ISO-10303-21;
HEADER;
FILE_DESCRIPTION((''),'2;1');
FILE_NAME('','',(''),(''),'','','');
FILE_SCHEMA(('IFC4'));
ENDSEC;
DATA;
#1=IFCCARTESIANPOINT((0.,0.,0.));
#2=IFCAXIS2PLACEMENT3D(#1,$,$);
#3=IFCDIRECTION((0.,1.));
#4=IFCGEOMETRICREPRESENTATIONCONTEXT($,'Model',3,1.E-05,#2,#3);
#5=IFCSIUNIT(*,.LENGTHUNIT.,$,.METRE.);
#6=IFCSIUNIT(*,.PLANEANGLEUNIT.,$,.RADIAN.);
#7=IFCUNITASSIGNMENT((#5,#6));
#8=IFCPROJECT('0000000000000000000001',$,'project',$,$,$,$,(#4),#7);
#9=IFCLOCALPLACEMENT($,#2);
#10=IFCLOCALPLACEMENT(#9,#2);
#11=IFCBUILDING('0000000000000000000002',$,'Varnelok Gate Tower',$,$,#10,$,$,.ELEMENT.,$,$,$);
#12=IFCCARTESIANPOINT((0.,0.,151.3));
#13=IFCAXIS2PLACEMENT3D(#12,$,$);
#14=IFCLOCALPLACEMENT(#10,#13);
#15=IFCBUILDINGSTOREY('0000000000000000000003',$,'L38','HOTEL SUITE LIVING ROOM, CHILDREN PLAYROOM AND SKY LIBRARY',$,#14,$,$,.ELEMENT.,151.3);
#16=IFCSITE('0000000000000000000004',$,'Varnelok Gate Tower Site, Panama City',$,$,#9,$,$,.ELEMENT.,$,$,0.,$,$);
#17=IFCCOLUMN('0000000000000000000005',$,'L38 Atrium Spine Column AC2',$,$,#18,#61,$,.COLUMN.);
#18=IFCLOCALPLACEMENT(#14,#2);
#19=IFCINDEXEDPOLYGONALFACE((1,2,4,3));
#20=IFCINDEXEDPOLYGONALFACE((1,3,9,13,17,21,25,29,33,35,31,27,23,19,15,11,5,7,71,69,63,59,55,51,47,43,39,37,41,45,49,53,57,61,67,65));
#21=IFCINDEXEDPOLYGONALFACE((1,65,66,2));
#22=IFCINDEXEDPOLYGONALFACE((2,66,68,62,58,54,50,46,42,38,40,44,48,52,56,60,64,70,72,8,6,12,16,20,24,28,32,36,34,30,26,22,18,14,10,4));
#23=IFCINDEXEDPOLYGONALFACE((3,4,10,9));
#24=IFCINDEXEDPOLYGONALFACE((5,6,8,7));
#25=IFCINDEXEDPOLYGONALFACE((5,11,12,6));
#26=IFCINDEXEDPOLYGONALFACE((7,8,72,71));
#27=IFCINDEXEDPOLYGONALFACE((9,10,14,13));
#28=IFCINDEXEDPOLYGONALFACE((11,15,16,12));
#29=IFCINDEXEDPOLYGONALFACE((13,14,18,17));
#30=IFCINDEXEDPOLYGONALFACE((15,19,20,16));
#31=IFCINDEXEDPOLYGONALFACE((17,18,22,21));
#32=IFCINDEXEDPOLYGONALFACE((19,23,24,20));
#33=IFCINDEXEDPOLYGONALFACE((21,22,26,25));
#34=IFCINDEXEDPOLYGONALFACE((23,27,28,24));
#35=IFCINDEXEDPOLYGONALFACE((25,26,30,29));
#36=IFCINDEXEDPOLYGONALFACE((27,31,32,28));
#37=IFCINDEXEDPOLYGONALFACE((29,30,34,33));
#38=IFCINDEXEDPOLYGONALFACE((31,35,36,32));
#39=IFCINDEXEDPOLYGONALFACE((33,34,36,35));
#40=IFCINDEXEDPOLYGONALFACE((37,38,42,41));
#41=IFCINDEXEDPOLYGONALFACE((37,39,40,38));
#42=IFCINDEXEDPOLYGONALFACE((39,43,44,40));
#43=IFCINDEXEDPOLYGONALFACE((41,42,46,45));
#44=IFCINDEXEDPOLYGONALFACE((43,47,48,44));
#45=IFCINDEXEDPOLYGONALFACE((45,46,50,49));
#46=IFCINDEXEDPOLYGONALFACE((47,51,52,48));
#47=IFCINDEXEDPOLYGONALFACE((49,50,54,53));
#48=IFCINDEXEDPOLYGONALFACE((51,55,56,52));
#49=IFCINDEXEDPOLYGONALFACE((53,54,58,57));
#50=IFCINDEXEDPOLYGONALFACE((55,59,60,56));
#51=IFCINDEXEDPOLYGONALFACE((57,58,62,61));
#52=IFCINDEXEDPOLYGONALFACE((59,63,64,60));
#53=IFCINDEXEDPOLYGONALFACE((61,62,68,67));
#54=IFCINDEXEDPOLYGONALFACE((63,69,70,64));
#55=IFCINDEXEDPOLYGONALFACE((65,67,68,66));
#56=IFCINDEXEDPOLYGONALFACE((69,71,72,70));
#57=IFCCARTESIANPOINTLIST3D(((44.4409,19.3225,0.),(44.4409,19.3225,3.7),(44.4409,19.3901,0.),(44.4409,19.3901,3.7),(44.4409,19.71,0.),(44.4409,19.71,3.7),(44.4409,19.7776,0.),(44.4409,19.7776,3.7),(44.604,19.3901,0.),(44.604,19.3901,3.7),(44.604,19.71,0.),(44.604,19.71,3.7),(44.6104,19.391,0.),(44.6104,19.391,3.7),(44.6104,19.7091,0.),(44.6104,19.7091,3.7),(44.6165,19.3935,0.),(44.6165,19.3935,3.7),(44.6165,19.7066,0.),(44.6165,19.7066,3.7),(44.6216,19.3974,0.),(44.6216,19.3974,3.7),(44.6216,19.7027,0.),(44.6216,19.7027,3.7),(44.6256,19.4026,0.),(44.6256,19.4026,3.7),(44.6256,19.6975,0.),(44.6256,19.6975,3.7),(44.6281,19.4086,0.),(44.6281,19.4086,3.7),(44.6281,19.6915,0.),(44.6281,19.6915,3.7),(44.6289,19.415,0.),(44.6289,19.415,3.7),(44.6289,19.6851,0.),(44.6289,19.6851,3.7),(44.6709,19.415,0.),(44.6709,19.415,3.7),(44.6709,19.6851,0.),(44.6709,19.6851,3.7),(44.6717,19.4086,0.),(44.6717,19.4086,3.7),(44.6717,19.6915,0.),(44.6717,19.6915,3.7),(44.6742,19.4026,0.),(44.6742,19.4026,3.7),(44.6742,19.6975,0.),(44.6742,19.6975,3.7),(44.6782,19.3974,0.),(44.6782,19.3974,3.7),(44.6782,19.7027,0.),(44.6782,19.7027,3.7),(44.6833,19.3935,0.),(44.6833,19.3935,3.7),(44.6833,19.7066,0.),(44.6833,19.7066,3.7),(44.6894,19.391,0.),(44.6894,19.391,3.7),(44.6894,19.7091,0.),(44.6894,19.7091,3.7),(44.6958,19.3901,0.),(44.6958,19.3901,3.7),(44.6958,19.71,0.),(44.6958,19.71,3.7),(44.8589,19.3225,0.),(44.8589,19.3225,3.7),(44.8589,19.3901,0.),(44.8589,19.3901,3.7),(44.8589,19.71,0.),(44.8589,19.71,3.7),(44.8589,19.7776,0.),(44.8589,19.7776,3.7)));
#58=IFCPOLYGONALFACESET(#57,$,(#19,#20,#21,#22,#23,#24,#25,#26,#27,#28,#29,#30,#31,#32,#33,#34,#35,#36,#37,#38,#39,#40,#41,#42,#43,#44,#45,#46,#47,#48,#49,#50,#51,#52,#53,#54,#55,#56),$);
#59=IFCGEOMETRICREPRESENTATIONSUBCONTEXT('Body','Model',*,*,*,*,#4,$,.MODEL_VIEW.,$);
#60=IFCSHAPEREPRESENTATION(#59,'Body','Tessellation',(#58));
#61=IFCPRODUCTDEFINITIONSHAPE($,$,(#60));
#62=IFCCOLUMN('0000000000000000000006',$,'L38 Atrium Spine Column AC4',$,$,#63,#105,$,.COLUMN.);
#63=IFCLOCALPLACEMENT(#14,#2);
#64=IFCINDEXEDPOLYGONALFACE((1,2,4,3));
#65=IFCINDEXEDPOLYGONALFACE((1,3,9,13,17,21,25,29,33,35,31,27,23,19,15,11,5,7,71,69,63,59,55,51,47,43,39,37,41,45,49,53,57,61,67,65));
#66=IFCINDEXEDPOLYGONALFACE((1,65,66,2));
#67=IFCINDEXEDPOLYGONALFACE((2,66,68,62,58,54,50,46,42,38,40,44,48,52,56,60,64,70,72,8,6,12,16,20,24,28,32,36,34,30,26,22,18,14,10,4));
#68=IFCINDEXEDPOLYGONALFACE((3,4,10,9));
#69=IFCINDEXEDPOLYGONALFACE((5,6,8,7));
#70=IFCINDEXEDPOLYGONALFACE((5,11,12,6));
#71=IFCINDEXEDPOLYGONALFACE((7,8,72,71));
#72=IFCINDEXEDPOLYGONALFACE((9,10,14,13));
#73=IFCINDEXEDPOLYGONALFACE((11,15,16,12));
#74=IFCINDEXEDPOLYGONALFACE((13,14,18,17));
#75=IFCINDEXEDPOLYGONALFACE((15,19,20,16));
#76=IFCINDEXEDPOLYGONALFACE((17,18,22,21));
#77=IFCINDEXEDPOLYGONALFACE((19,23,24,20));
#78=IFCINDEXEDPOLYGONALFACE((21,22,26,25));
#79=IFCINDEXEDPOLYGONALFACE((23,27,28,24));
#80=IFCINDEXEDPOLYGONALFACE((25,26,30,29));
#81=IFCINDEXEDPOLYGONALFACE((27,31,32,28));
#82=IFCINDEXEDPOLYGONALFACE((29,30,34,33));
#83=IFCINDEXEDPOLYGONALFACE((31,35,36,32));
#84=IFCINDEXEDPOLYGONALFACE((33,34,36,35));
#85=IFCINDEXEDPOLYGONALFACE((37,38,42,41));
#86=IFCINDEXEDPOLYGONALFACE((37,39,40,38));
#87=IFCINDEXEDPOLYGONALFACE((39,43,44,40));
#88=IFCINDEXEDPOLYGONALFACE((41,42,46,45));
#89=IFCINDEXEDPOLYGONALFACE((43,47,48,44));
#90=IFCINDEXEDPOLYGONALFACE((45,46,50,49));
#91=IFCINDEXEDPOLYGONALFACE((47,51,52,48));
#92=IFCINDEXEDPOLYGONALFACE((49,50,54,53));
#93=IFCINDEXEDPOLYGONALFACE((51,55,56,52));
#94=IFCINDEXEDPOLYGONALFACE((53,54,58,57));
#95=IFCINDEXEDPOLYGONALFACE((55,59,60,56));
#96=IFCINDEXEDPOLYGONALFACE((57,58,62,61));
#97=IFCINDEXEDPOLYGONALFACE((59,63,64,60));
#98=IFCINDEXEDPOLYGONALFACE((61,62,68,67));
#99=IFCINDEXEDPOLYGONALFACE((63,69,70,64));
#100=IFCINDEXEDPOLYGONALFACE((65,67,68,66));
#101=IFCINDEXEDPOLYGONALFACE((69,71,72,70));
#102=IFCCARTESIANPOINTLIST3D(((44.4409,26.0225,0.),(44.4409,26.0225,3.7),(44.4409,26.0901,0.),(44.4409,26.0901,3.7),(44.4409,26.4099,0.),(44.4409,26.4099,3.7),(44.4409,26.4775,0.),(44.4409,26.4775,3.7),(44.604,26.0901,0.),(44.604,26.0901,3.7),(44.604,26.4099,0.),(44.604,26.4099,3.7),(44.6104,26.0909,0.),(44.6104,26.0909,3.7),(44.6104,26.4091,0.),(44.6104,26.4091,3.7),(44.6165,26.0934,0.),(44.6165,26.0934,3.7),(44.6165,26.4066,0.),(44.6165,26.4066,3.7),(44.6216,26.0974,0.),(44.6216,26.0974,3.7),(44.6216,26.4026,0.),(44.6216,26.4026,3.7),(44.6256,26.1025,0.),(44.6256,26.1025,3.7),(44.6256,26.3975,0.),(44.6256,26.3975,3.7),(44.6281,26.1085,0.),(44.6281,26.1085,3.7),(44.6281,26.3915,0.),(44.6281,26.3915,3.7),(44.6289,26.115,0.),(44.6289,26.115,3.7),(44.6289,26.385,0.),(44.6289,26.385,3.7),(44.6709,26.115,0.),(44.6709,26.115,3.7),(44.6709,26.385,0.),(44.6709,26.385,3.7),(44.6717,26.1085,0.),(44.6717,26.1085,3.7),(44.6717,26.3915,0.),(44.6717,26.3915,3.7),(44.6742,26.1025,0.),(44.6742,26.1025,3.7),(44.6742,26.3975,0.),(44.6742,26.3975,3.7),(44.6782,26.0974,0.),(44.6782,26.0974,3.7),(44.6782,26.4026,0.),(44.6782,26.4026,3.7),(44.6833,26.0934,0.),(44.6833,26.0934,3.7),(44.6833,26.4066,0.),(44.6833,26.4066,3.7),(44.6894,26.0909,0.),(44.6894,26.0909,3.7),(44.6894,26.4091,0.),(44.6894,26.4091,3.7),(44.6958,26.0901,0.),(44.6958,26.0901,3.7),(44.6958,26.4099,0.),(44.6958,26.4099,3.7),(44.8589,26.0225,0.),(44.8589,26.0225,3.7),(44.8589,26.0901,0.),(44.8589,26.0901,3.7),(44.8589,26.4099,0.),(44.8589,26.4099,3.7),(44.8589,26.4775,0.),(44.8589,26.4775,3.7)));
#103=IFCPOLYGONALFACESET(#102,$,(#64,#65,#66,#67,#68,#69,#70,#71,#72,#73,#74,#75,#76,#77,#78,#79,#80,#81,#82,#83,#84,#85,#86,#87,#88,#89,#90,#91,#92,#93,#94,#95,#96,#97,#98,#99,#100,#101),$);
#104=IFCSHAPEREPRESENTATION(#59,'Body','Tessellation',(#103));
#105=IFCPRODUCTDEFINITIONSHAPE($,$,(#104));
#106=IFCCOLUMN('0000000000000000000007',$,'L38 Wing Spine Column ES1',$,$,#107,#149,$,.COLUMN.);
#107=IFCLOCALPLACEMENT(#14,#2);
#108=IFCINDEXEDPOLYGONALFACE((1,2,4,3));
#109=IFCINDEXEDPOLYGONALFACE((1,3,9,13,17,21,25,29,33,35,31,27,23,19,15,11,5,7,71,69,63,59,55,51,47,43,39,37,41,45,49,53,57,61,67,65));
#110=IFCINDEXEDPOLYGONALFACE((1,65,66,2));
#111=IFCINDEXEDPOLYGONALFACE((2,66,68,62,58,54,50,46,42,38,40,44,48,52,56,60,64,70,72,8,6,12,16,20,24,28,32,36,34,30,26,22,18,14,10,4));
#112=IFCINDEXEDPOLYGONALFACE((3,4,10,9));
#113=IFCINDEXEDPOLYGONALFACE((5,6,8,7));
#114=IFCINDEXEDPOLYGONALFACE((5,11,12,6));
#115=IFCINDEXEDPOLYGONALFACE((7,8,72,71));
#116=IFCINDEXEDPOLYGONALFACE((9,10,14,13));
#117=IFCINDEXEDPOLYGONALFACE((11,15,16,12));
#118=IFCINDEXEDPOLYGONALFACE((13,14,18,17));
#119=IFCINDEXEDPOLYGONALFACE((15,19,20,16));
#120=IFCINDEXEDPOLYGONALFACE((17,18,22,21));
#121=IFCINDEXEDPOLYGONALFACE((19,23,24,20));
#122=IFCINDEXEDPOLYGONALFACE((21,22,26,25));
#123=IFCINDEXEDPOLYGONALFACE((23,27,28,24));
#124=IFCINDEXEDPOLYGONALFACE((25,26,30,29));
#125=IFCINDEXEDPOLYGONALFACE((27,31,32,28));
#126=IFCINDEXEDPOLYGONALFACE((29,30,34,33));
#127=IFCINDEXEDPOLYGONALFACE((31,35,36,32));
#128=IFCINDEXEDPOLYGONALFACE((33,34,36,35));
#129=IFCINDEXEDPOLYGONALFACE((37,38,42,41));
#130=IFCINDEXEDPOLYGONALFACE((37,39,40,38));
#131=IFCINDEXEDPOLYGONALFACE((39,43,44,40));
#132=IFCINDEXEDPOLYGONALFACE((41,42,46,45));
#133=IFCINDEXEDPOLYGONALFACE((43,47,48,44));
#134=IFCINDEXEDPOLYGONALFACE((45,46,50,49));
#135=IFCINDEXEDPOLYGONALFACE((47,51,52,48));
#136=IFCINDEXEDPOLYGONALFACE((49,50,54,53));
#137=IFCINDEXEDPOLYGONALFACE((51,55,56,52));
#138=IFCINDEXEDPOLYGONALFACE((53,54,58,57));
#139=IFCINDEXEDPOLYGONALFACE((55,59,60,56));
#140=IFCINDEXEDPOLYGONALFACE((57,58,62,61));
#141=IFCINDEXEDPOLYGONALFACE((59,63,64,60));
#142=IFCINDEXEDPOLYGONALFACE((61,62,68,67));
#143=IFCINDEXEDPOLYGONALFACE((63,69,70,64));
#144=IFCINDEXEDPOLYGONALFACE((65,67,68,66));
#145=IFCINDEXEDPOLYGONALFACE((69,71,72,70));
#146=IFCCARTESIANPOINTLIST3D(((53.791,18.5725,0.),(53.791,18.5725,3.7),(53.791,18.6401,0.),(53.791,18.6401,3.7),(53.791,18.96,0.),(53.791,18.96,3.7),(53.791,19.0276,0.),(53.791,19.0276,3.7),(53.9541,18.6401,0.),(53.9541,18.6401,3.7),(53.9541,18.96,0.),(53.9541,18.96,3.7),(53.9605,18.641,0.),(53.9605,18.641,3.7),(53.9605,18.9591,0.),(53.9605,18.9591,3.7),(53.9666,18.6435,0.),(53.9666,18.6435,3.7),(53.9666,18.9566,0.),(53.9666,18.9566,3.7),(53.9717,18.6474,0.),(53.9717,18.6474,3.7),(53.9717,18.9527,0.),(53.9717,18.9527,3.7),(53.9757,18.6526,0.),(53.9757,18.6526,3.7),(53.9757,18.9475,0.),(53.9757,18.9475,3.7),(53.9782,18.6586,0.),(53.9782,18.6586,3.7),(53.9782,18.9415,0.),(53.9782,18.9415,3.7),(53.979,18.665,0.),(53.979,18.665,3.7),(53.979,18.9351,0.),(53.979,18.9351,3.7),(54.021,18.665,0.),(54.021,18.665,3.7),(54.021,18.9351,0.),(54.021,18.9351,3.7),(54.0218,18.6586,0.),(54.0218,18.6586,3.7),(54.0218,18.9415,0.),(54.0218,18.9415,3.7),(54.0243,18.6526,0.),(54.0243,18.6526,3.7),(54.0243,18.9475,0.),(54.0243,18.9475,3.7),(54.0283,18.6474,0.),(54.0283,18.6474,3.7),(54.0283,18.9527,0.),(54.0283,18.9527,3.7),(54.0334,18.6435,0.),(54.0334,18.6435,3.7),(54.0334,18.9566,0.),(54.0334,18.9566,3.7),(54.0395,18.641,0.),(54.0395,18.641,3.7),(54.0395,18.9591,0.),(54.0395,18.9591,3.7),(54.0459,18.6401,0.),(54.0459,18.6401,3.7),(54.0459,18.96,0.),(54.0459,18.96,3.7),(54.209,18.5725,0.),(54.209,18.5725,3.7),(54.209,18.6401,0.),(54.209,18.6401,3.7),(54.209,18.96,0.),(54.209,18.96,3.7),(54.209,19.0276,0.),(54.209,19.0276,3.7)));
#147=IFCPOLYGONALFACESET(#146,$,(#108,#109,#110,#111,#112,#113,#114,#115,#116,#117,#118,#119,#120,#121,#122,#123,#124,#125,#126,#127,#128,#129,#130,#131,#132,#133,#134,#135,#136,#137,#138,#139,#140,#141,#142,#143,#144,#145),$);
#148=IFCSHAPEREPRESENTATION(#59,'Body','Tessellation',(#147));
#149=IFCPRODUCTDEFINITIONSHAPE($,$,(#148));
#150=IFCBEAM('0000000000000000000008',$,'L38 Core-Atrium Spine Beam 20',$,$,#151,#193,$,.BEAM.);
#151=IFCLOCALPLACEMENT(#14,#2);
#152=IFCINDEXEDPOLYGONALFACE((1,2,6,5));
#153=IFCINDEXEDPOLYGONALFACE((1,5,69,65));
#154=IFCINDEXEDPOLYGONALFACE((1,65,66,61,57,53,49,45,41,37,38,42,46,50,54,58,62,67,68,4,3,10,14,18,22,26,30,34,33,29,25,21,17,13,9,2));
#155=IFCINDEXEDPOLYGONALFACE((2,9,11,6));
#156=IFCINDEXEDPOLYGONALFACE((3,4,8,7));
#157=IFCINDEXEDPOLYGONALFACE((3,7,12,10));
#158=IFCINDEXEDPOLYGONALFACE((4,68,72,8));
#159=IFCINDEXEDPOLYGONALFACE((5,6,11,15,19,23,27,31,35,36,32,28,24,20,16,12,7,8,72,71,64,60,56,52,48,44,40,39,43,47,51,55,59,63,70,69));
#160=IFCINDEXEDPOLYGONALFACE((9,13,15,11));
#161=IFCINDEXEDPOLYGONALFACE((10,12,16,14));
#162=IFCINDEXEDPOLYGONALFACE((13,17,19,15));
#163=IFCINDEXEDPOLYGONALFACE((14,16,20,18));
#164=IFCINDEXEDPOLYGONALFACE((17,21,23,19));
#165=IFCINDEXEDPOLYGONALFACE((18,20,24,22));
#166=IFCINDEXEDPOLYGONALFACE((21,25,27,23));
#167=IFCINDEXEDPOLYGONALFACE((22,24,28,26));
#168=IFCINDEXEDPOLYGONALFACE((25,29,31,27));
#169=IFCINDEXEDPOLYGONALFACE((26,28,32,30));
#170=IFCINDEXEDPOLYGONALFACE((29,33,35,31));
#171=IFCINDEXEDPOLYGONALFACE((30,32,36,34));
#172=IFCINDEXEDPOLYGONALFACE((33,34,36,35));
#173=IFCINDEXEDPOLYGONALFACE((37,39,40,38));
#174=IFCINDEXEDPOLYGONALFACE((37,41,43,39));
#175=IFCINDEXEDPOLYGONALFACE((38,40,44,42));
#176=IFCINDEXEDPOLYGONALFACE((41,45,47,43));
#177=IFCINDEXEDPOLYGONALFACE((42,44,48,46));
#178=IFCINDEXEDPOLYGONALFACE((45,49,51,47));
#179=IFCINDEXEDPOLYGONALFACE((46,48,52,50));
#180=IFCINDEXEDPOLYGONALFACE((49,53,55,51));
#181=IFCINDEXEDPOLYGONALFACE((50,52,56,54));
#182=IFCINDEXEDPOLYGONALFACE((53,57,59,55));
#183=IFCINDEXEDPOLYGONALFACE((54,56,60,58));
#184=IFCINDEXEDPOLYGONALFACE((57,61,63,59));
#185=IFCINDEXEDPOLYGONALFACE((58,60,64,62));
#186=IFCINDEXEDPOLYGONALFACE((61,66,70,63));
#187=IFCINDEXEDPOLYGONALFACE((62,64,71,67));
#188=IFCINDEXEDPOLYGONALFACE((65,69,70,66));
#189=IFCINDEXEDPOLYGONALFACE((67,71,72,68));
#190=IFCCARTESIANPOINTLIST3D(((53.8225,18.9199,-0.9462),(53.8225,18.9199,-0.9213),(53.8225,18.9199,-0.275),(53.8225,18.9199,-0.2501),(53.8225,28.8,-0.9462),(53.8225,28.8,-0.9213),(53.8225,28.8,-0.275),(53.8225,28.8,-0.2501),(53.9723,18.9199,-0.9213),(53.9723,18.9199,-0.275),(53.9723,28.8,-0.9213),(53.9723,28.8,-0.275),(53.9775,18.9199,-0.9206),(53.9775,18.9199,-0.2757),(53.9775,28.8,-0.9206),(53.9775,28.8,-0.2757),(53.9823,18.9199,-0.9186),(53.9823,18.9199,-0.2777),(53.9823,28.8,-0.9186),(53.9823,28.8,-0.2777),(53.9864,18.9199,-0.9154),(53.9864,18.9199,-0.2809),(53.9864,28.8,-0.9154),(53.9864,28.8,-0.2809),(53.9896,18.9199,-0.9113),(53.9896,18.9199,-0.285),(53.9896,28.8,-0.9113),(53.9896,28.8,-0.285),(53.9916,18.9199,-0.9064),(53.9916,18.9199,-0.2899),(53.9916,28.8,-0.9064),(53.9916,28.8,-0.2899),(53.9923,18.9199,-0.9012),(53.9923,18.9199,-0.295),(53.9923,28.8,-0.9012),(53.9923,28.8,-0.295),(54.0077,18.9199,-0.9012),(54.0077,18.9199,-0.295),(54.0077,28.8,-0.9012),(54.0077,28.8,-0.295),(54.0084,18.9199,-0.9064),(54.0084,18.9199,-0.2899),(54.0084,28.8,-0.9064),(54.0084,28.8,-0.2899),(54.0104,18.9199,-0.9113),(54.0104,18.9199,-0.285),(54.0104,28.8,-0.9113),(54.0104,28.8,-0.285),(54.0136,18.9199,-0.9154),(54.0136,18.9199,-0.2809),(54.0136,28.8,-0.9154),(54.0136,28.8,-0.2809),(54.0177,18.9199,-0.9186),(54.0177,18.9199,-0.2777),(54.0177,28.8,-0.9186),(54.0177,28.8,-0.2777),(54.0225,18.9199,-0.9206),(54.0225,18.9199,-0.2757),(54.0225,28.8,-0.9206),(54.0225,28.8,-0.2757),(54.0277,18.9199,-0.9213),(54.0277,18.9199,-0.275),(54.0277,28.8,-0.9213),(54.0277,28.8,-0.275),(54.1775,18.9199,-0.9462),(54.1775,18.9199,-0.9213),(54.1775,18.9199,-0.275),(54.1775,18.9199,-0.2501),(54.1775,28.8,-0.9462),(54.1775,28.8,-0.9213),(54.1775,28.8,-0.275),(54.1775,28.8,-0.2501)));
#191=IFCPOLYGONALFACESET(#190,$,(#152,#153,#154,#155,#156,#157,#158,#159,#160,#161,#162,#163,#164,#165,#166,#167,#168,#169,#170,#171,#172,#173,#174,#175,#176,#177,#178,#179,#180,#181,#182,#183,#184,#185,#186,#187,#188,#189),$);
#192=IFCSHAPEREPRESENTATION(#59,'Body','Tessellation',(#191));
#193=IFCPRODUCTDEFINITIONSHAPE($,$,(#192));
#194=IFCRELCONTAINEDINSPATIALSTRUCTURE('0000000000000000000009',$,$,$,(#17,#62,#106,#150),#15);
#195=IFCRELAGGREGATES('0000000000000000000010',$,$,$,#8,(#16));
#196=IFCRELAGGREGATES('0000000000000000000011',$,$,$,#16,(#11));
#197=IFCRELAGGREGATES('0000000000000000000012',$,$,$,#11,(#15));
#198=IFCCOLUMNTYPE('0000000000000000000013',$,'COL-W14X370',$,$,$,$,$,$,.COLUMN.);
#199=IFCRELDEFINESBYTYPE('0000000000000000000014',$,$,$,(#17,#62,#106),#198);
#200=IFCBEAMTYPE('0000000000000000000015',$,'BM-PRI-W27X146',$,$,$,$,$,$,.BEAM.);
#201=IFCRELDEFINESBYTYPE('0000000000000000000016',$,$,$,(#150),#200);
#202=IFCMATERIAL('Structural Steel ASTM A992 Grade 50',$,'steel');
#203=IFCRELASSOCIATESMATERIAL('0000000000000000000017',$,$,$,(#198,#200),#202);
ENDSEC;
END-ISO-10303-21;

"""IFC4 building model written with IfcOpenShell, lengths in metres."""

from ifc_helpers import new_model, si_unit, direction, frame, origin, origin_2d, place, context, subcontext, project, spatial, i_section, extrude, material, material_profile, profile_set, type_object, element, save


model = new_model("IFC4")

# Units and contexts
model_context = context("Model", 3, precision=1e-05, world=origin(), true_north=direction((0.0, 1.0)))
body_context = subcontext(model_context, "Body", "Model", "MODEL_VIEW")
ifc_project = project(units=[si_unit("LENGTHUNIT", "METRE"), si_unit("PLANEANGLEUNIT", "RADIAN")], contexts=[model_context])

# Site, building, storey
site_placement = place(None, origin())
site = spatial("IfcSite", under=ifc_project, at=site_placement, Name="Varnelok Gate Tower Site, Panama City", CompositionType="ELEMENT", RefElevation=0.0)
building_placement = place(site_placement, origin())
building = spatial("IfcBuilding", under=site, at=building_placement, Name="Varnelok Gate Tower", CompositionType="ELEMENT")
storey_placement = place(building_placement, frame((0.0, 0.0, 151.3)))
storey = spatial("IfcBuildingStorey", under=building, at=storey_placement, Name="L38", Description="HOTEL SUITE LIVING ROOM, CHILDREN PLAYROOM AND SKY LIBRARY", CompositionType="ELEMENT", Elevation=151.3)

# Columns
ifc_material_1 = material(Name="Structural Steel ASTM A992 Grade 50", Category="steel")
ifc_material_profile_1 = material_profile(ifc_material_1, i_section(OverallWidth=0.418, OverallDepth=0.4551, WebThickness=0.042, FlangeThickness=0.0676, FilletRadius=0.0249, at=origin_2d()), Name="W14X370")
ifc_profile_set_1 = profile_set([ifc_material_profile_1], Name="Structural Steel ASTM A992 Grade 50")
column_type = type_object("IfcColumnType", Name="COL-W14X370", PredefinedType="COLUMN", material=ifc_profile_set_1)
for number, where, z_axis, x_axis, name in (
    (1, (44.6499, 19.55, 0.0), (0.0, 0.0, 1.0), (1.0, 0.0, 0.0), "L38 Atrium Spine Column AC2"),
    (2, (44.6499, 26.25, 0.0), (0.0, 0.0, 1.0), (1.0, 0.0, 0.0), "L38 Atrium Spine Column AC4"),
    (3, (54.0, 18.8, 0.0), (0.0, 0.0, 1.0), (1.0, 0.0, 0.0), "L38 Wing Spine Column ES1"),
):
    element("IfcColumn", number, at=place(storey_placement, frame(where, z_axis=z_axis, x_axis=x_axis)), inside=storey, type_object=column_type, Name=name, PredefinedType="COLUMN", context=body_context, shape_type="SweptSolid", body=[
        extrude(i_section(OverallWidth=0.418, OverallDepth=0.4551, WebThickness=0.042, FlangeThickness=0.0676, FilletRadius=0.0249, at=origin_2d()), origin(), (0.0, 0.0, 1.0), 3.7),
    ])

# Beam
ifc_material_profile_2 = material_profile(ifc_material_1, i_section(OverallWidth=0.355, OverallDepth=0.696, WebThickness=0.0154, FlangeThickness=0.0249, FilletRadius=0.02, at=origin_2d()), Name="W27X146")
ifc_profile_set_2 = profile_set([ifc_material_profile_2], Name="Structural Steel ASTM A992 Grade 50")
beam_type_1 = type_object("IfcBeamType", Name="BM-PRI-W27X146", PredefinedType="BEAM", material=ifc_profile_set_2)
beam_1_placement = place(storey_placement, frame((54.0, 18.9199, -0.5981), z_axis=(0.0, 1.0, 0.0), x_axis=(-1.0, 0.0, 0.0)))
element("IfcBeam", 4, at=beam_1_placement, inside=storey, type_object=beam_type_1, Name="L38 Core-Atrium Spine Beam 20", PredefinedType="BEAM", context=body_context, shape_type="SweptSolid", body=[
    extrude(i_section(OverallWidth=0.355, OverallDepth=0.696, WebThickness=0.0154, FlangeThickness=0.0249, FilletRadius=0.02, at=origin_2d()), origin(), (0.0, 0.0, 1.0), 9.8801),
])

save(model, "model.ifc")
